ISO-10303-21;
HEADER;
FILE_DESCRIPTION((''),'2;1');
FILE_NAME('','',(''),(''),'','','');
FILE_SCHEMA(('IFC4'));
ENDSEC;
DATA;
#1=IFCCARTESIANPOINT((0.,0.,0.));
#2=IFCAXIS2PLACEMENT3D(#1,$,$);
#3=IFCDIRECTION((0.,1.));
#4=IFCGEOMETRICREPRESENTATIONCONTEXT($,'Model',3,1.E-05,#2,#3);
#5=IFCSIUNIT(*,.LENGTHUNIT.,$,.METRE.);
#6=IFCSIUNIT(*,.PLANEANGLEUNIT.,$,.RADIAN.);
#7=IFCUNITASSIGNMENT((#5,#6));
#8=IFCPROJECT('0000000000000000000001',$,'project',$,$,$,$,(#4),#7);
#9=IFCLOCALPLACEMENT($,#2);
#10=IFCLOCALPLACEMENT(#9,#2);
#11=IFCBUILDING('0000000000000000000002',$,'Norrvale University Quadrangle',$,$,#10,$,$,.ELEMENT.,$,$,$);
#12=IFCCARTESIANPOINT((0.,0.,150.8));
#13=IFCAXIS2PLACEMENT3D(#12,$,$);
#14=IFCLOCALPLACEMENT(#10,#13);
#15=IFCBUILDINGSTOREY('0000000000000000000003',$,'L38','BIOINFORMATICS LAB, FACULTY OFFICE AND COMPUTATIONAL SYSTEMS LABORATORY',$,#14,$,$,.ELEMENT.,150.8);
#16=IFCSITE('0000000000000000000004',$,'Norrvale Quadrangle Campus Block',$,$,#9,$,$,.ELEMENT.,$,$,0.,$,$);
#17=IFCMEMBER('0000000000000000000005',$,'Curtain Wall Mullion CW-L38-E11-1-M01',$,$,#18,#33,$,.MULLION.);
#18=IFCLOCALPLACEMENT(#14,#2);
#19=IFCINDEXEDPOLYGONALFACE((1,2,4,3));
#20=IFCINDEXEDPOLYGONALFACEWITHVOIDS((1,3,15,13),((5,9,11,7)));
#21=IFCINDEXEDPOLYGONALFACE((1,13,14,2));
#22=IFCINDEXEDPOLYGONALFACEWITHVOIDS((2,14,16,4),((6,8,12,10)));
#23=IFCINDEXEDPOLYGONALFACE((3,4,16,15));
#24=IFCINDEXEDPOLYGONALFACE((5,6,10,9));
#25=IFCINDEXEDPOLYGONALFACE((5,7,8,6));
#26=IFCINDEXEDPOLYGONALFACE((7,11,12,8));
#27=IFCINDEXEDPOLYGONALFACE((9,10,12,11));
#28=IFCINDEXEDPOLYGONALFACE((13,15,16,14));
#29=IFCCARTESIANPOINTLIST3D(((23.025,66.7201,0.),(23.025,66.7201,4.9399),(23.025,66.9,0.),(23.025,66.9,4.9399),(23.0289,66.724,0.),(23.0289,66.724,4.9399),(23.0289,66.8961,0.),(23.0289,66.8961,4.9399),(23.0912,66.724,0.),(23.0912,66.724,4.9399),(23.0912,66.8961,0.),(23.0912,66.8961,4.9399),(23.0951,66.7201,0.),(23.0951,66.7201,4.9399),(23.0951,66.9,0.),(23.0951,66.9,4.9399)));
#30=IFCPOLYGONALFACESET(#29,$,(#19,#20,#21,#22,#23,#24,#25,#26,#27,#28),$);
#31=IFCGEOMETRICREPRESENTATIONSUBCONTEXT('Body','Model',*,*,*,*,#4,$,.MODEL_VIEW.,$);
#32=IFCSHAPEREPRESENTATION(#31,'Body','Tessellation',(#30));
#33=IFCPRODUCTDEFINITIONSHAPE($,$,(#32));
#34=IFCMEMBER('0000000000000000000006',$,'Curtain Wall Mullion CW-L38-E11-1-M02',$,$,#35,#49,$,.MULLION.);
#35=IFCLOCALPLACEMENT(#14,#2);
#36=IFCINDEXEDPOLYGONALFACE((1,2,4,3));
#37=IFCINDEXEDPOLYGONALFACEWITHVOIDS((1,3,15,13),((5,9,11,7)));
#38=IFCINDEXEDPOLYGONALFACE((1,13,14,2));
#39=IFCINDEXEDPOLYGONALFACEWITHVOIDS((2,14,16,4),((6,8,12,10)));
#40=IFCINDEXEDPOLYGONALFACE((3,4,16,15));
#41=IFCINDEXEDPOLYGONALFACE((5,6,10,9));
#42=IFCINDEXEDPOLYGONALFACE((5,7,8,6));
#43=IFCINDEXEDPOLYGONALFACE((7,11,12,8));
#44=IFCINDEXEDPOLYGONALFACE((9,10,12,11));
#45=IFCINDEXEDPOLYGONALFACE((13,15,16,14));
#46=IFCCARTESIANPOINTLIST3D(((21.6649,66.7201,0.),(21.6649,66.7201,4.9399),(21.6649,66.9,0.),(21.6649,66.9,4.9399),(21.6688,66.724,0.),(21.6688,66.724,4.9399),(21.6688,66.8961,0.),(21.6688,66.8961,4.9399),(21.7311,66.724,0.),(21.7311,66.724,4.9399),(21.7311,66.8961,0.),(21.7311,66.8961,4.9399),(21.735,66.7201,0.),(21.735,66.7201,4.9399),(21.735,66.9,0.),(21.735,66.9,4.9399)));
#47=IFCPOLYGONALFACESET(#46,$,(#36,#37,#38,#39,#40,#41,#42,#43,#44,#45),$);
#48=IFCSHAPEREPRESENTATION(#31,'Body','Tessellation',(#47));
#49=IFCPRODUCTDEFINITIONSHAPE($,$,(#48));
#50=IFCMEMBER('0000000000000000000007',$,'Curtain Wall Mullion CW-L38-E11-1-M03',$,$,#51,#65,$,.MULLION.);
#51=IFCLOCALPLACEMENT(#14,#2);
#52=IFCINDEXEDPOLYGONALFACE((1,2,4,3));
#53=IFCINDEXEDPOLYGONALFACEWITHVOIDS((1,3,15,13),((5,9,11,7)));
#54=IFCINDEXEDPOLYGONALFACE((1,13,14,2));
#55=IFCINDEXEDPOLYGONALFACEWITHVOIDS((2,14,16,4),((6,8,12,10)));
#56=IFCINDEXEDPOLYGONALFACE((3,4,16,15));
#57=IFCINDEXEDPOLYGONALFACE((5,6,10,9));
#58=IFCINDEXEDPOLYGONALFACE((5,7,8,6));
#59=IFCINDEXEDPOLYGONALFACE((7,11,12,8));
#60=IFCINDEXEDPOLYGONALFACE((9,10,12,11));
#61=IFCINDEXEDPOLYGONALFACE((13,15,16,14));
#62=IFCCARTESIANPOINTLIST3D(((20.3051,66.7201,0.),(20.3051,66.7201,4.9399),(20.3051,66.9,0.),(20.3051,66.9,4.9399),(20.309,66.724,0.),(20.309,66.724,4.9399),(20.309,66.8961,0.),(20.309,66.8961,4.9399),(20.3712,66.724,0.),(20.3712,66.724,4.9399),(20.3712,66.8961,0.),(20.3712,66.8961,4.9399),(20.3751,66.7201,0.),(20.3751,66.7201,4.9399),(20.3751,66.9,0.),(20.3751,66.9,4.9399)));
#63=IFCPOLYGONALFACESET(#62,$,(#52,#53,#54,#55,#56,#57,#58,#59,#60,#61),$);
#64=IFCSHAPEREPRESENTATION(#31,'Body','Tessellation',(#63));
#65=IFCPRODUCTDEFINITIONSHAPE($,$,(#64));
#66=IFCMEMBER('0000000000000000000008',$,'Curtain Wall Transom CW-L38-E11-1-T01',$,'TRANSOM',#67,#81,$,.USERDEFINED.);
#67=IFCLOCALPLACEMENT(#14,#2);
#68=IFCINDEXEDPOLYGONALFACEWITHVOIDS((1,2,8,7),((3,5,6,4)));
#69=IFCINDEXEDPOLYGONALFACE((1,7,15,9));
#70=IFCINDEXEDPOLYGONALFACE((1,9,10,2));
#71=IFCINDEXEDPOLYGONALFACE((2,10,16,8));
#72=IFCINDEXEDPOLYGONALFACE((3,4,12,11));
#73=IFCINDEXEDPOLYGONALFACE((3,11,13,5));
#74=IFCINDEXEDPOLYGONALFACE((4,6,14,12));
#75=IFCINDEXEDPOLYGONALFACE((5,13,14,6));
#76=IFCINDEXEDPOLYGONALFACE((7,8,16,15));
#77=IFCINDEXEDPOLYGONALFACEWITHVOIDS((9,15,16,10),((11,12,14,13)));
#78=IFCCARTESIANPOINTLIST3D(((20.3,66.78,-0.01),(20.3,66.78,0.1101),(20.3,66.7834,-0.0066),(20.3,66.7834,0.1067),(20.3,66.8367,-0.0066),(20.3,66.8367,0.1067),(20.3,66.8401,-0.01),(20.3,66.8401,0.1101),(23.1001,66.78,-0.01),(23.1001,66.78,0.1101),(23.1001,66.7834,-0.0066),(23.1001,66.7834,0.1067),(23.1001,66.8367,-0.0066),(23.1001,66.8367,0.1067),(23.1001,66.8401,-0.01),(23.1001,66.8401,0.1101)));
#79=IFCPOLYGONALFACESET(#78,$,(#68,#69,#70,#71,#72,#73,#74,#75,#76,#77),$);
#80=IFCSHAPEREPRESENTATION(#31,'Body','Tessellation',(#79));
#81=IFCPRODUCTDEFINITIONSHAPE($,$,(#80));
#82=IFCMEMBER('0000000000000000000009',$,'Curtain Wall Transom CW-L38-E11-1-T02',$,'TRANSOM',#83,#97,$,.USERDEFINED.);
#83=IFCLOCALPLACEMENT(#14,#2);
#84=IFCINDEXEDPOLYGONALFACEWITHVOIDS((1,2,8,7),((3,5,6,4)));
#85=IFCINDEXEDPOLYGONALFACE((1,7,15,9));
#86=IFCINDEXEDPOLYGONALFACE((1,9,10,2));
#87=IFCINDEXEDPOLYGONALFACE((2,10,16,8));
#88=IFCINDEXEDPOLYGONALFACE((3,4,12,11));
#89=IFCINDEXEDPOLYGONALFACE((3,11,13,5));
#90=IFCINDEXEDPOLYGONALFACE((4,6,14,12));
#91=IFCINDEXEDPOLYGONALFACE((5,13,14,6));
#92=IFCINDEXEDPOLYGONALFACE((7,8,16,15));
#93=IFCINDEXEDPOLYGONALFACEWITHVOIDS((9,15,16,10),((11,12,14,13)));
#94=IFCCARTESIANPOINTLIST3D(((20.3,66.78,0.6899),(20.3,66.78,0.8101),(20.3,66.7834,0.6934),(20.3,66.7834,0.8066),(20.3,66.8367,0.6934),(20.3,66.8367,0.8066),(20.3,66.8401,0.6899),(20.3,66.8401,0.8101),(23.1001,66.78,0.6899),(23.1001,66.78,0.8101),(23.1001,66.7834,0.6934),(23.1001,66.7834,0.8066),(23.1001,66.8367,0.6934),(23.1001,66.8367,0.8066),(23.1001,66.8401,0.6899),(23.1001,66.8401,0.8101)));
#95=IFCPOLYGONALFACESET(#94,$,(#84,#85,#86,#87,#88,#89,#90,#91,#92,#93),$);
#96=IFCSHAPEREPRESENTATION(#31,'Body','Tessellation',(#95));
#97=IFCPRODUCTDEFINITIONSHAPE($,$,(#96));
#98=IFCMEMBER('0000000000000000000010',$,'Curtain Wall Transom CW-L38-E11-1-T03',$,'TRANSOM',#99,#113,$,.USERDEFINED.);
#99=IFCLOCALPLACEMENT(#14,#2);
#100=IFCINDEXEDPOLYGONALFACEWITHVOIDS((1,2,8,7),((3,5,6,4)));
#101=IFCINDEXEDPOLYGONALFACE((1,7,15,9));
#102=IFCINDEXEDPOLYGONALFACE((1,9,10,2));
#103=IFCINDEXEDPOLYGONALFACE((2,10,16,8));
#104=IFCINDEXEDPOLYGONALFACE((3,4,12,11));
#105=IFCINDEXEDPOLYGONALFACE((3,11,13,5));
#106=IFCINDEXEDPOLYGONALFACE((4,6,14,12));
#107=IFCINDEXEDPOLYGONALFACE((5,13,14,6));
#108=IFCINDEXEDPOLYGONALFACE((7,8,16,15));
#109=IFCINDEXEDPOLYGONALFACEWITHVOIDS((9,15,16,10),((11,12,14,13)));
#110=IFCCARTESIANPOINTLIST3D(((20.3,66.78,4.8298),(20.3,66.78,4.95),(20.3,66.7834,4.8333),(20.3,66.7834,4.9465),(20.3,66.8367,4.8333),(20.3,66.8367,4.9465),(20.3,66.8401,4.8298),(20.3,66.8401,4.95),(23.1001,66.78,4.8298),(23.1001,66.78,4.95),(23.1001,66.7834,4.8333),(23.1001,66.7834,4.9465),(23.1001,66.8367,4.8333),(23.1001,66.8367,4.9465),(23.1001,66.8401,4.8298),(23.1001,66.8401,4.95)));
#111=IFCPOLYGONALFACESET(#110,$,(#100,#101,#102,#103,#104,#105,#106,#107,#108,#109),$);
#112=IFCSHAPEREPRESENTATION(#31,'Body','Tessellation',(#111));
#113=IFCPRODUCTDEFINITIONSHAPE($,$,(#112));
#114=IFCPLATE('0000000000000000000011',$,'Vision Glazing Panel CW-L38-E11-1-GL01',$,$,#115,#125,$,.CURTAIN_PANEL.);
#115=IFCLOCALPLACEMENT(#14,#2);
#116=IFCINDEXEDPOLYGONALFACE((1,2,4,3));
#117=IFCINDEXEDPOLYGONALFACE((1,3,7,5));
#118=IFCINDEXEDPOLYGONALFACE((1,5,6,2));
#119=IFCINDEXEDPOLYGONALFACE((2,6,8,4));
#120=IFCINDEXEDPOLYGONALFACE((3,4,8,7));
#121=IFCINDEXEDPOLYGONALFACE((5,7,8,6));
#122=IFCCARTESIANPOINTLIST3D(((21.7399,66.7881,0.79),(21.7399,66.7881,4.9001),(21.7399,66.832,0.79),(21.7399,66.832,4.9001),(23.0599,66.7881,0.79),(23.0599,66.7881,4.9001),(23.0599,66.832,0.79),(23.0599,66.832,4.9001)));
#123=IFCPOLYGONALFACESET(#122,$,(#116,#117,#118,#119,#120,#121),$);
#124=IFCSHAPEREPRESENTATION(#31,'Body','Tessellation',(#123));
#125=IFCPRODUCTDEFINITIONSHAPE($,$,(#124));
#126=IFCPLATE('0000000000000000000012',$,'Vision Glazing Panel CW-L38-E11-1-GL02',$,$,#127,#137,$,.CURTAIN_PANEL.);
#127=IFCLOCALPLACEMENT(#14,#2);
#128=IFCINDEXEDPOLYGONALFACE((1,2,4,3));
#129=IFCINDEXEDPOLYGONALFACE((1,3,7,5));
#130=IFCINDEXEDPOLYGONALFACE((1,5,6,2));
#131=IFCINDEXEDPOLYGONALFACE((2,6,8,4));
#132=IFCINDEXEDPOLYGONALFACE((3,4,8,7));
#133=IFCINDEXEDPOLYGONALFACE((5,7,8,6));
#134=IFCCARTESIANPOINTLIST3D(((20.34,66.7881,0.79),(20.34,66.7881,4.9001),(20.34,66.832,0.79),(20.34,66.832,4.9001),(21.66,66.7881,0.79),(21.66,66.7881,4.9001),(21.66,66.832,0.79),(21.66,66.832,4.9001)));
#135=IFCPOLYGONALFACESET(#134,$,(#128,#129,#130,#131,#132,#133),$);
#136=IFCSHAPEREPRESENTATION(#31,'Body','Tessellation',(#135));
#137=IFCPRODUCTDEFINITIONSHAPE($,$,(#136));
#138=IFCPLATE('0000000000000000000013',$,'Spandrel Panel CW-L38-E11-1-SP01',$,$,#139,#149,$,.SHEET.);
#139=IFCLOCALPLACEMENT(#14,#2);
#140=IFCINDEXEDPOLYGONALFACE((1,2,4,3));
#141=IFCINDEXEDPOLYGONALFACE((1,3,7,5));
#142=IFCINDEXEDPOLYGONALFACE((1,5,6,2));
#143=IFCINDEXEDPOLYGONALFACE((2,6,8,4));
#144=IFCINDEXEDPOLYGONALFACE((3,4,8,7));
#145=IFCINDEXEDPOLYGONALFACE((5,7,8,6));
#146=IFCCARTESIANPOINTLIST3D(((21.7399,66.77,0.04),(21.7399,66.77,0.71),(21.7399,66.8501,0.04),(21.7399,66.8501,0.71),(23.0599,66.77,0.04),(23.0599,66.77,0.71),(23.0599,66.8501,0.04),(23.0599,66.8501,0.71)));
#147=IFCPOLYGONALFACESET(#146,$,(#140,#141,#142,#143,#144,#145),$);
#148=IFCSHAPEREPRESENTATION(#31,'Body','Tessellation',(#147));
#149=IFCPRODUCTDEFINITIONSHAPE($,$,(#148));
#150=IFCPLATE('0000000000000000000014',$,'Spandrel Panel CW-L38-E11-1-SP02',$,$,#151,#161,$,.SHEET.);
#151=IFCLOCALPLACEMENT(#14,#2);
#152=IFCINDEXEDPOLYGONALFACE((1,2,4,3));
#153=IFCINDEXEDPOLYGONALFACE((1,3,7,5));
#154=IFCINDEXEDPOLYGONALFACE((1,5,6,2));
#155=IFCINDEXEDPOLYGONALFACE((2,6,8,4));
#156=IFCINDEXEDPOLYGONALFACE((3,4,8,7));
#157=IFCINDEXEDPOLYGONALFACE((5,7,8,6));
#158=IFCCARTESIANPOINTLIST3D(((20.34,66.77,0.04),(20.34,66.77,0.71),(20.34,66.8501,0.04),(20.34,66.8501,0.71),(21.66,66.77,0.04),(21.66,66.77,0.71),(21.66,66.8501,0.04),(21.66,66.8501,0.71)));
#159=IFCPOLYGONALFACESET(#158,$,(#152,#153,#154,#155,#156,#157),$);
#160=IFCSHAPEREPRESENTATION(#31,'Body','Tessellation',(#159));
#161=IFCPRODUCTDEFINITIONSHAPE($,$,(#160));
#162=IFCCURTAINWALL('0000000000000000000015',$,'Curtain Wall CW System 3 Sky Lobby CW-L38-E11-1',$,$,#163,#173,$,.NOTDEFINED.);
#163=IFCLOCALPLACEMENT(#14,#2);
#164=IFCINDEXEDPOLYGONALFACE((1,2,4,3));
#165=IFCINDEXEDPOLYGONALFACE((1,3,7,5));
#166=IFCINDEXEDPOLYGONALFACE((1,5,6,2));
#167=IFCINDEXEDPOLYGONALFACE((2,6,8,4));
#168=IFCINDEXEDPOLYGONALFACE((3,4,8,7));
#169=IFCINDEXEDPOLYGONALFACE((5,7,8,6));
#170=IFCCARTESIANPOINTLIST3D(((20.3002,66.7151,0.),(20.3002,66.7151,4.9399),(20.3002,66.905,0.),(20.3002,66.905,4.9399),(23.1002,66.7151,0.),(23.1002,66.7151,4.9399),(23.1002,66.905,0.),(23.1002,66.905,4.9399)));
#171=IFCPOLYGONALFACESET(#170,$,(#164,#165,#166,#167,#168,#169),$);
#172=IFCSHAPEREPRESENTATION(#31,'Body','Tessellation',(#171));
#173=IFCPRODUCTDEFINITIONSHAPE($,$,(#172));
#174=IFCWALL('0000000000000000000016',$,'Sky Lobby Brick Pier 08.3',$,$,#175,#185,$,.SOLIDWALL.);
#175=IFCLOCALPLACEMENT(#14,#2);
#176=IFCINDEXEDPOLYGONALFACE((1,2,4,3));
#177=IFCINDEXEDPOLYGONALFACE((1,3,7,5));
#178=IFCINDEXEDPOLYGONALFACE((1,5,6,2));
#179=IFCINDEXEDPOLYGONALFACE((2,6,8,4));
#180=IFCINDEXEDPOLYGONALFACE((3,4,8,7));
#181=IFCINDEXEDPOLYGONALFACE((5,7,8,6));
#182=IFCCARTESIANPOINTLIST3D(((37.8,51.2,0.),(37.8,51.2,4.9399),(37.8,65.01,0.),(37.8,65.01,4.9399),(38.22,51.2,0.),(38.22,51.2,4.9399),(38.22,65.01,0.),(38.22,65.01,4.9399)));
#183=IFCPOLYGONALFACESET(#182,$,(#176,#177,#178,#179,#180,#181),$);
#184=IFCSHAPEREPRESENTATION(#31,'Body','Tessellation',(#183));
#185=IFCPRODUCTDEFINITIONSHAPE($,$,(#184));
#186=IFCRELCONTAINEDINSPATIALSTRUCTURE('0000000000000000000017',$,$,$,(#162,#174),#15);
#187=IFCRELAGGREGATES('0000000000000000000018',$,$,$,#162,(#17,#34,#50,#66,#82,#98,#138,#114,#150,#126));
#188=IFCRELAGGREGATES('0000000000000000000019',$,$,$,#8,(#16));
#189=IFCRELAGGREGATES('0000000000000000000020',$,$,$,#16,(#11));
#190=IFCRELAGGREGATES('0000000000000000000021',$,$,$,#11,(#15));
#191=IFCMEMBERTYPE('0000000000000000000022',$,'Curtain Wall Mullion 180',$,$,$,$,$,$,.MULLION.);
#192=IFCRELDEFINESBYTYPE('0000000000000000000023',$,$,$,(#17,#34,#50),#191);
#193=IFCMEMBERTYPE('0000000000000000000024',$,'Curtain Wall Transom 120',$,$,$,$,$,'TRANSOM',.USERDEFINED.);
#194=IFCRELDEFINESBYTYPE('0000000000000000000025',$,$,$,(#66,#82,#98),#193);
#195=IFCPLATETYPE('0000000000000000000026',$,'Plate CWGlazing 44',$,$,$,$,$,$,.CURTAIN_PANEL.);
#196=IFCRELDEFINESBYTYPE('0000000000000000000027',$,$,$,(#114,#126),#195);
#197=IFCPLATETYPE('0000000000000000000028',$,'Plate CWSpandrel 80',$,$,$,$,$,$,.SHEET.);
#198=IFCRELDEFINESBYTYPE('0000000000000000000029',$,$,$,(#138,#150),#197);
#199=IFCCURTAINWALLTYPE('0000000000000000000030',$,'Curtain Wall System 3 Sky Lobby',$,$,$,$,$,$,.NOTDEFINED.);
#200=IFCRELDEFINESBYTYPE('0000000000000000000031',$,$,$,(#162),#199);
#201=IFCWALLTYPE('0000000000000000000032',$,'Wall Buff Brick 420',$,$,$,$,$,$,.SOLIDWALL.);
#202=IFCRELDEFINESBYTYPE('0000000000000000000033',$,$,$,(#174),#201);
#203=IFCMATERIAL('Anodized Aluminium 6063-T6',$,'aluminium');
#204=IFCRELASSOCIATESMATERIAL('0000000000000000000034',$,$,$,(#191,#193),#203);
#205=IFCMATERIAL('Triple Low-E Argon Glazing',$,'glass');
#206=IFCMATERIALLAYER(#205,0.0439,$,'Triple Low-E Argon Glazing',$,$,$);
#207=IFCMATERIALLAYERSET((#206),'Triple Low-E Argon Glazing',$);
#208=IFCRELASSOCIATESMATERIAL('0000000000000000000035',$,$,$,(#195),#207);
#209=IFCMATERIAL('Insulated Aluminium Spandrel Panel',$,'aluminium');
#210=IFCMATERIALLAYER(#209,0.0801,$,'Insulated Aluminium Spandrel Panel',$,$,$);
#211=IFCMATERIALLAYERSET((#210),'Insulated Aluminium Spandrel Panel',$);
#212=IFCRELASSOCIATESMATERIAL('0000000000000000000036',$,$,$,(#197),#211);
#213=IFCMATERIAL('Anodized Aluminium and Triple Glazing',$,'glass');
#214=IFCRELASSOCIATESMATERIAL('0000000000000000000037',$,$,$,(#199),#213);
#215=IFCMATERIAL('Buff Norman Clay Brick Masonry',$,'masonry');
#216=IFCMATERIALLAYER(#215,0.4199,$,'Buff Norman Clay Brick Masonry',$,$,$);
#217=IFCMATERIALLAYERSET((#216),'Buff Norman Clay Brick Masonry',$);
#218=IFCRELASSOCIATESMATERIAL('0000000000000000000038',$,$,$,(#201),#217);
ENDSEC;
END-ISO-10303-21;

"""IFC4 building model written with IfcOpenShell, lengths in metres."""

from ifc_helpers import new_model, si_unit, direction, frame, frame_2d, origin, origin_2d, place, context, subcontext, project, spatial, rectangle, hollow_rectangle, extrude, material, layer, layer_set, material_profile, profile_set, type_object, element, aggregate, save


model = new_model("IFC4")

# Units and contexts
model_context = context("Model", 3, precision=1e-05, world=origin(), true_north=direction((0.0, 1.0)))
body_context = subcontext(model_context, "Body", "Model", "MODEL_VIEW")
ifc_project = project(units=[si_unit("LENGTHUNIT", "METRE"), si_unit("PLANEANGLEUNIT", "RADIAN")], contexts=[model_context])

# Site, building, storey
site_placement = place(None, origin())
site = spatial("IfcSite", under=ifc_project, at=site_placement, Name="Norrvale Quadrangle Campus Block", CompositionType="ELEMENT", RefElevation=0.0)
building_placement = place(site_placement, origin())
building = spatial("IfcBuilding", under=site, at=building_placement, Name="Norrvale University Quadrangle", CompositionType="ELEMENT")
storey_placement = place(building_placement, frame((0.0, 0.0, 150.8)))
storey = spatial("IfcBuildingStorey", under=building, at=storey_placement, Name="L38", Description="BIOINFORMATICS LAB, FACULTY OFFICE AND COMPUTATIONAL SYSTEMS LABORATORY", CompositionType="ELEMENT", Elevation=150.8)

# Members
ifc_material_1 = material(Name="Anodized Aluminium 6063-T6", Category="aluminium")
ifc_material_profile_1 = material_profile(ifc_material_1, hollow_rectangle(XDim=0.0701, YDim=0.1799, WallThickness=0.0039, at=origin_2d()), Name="Anodized Aluminium 6063-T6")
ifc_profile_set_1 = profile_set([ifc_material_profile_1], Name="Anodized Aluminium 6063-T6")
member_type_1 = type_object("IfcMemberType", Name="Curtain Wall Mullion 180", PredefinedType="MULLION", material=ifc_profile_set_1)
member_1_placement = place(storey_placement, frame((23.0601, 66.8101, 0.0), z_axis=(0.0, 0.0, 1.0), x_axis=(-1.0, 0.0, 0.0)))
member_1 = element("IfcMember", 1, at=member_1_placement, type_object=member_type_1, Name="Curtain Wall Mullion CW-L38-E11-1-M01", PredefinedType="MULLION", context=body_context, shape_type="SweptSolid", body=[
    extrude(hollow_rectangle(XDim=0.0701, YDim=0.1799, WallThickness=0.0039, at=origin_2d()), origin(), (0.0, 0.0, 1.0), 4.9399),
])
member_2_placement = place(storey_placement, frame((21.7, 66.8101, 0.0), z_axis=(0.0, 0.0, 1.0), x_axis=(-1.0, 0.0, 0.0)))
member_2 = element("IfcMember", 2, at=member_2_placement, type_object=member_type_1, Name="Curtain Wall Mullion CW-L38-E11-1-M02", PredefinedType="MULLION", context=body_context, shape_type="SweptSolid", body=[
    extrude(hollow_rectangle(XDim=0.0701, YDim=0.1799, WallThickness=0.0039, at=origin_2d()), origin(), (0.0, 0.0, 1.0), 4.9399),
])
member_3_placement = place(storey_placement, frame((20.3401, 66.8101, 0.0), z_axis=(0.0, 0.0, 1.0), x_axis=(-1.0, 0.0, 0.0)))
member_3 = element("IfcMember", 3, at=member_3_placement, type_object=member_type_1, Name="Curtain Wall Mullion CW-L38-E11-1-M03", PredefinedType="MULLION", context=body_context, shape_type="SweptSolid", body=[
    extrude(hollow_rectangle(XDim=0.0701, YDim=0.1799, WallThickness=0.0039, at=origin_2d()), origin(), (0.0, 0.0, 1.0), 4.9399),
])
ifc_material_profile_2 = material_profile(ifc_material_1, hollow_rectangle(XDim=0.0601, YDim=0.1201, WallThickness=0.0034, at=origin_2d()), Name="Anodized Aluminium 6063-T6")
ifc_profile_set_2 = profile_set([ifc_material_profile_2], Name="Anodized Aluminium 6063-T6")
member_type_2 = type_object("IfcMemberType", Name="Curtain Wall Transom 120", ElementType="TRANSOM", PredefinedType="USERDEFINED", material=ifc_profile_set_2)
member_4_placement = place(storey_placement, frame((23.1001, 66.8101, 0.05), z_axis=(-1.0, 0.0, 0.0), x_axis=(0.0, -1.0, 0.0)))
member_4 = element("IfcMember", 4, at=member_4_placement, type_object=member_type_2, Name="Curtain Wall Transom CW-L38-E11-1-T01", ObjectType="TRANSOM", PredefinedType="USERDEFINED", context=body_context, shape_type="SweptSolid", body=[
    extrude(hollow_rectangle(XDim=0.0601, YDim=0.1201, WallThickness=0.0034, at=origin_2d()), origin(), (0.0, 0.0, 1.0), 2.8),
])
member_5_placement = place(storey_placement, frame((23.1001, 66.8101, 0.75), z_axis=(-1.0, 0.0, 0.0), x_axis=(0.0, -1.0, 0.0)))
member_5 = element("IfcMember", 5, at=member_5_placement, type_object=member_type_2, Name="Curtain Wall Transom CW-L38-E11-1-T02", ObjectType="TRANSOM", PredefinedType="USERDEFINED", context=body_context, shape_type="SweptSolid", body=[
    extrude(hollow_rectangle(XDim=0.0601, YDim=0.1201, WallThickness=0.0034, at=origin_2d()), origin(), (0.0, 0.0, 1.0), 2.8),
])
member_6_placement = place(storey_placement, frame((23.1001, 66.8101, 4.8899), z_axis=(-1.0, 0.0, 0.0), x_axis=(0.0, -1.0, 0.0)))
member_6 = element("IfcMember", 6, at=member_6_placement, type_object=member_type_2, Name="Curtain Wall Transom CW-L38-E11-1-T03", ObjectType="TRANSOM", PredefinedType="USERDEFINED", context=body_context, shape_type="SweptSolid", body=[
    extrude(hollow_rectangle(XDim=0.0601, YDim=0.1201, WallThickness=0.0034, at=origin_2d()), origin(), (0.0, 0.0, 1.0), 2.8),
])

# Plates
ifc_material_2 = material(Name="Triple Low-E Argon Glazing", Category="glass")
ifc_layer_1 = layer(ifc_material_2, 0.0439, Name="Triple Low-E Argon Glazing")
ifc_layer_set_1 = layer_set([ifc_layer_1], Name="Triple Low-E Argon Glazing")
plate_type_1 = type_object("IfcPlateType", Name="Plate CWGlazing 44", PredefinedType="CURTAIN_PANEL", material=ifc_layer_set_1)
plate_1_placement = place(storey_placement, frame((22.3999, 66.8101, 0.79), z_axis=(0.0, 0.0, 1.0), x_axis=(-1.0, 0.0, 0.0)))
plate_1 = element("IfcPlate", 7, at=plate_1_placement, type_object=plate_type_1, Name="Vision Glazing Panel CW-L38-E11-1-GL01", PredefinedType="CURTAIN_PANEL", context=body_context, shape_type="SweptSolid", body=[
    extrude(rectangle(XDim=1.3201, YDim=0.0439, at=origin_2d()), origin(), (0.0, 0.0, 1.0), 4.1101),
])
plate_2_placement = place(storey_placement, frame((21.0, 66.8101, 0.79), z_axis=(0.0, 0.0, 1.0), x_axis=(-1.0, 0.0, 0.0)))
plate_2 = element("IfcPlate", 8, at=plate_2_placement, type_object=plate_type_1, Name="Vision Glazing Panel CW-L38-E11-1-GL02", PredefinedType="CURTAIN_PANEL", context=body_context, shape_type="SweptSolid", body=[
    extrude(rectangle(XDim=1.3201, YDim=0.0439, at=origin_2d()), origin(), (0.0, 0.0, 1.0), 4.1101),
])
ifc_material_3 = material(Name="Insulated Aluminium Spandrel Panel", Category="aluminium")
ifc_layer_2 = layer(ifc_material_3, 0.0801, Name="Insulated Aluminium Spandrel Panel")
ifc_layer_set_2 = layer_set([ifc_layer_2], Name="Insulated Aluminium Spandrel Panel")
plate_type_2 = type_object("IfcPlateType", Name="Plate CWSpandrel 80", PredefinedType="SHEET", material=ifc_layer_set_2)
plate_3_placement = place(storey_placement, frame((22.3999, 66.8101, 0.04), z_axis=(0.0, 0.0, 1.0), x_axis=(-1.0, 0.0, 0.0)))
plate_3 = element("IfcPlate", 9, at=plate_3_placement, type_object=plate_type_2, Name="Spandrel Panel CW-L38-E11-1-SP01", PredefinedType="SHEET", context=body_context, shape_type="SweptSolid", body=[
    extrude(rectangle(XDim=1.3201, YDim=0.0801, at=origin_2d()), origin(), (0.0, 0.0, 1.0), 0.6699),
])
plate_4_placement = place(storey_placement, frame((21.0, 66.8101, 0.04), z_axis=(0.0, 0.0, 1.0), x_axis=(-1.0, 0.0, 0.0)))
plate_4 = element("IfcPlate", 10, at=plate_4_placement, type_object=plate_type_2, Name="Spandrel Panel CW-L38-E11-1-SP02", PredefinedType="SHEET", context=body_context, shape_type="SweptSolid", body=[
    extrude(rectangle(XDim=1.3201, YDim=0.0801, at=origin_2d()), origin(), (0.0, 0.0, 1.0), 0.6699),
])

# Curtain wall
ifc_material_4 = material(Name="Anodized Aluminium and Triple Glazing", Category="glass")
curtain_wall_type = type_object("IfcCurtainWallType", Name="Curtain Wall System 3 Sky Lobby", PredefinedType="NOTDEFINED", material=ifc_material_4)
curtain_wall_placement = place(storey_placement, frame((23.1001, 66.8101, 0.0), z_axis=(0.0, 0.0, 1.0), x_axis=(-1.0, 0.0, 0.0)))
curtain_wall = element("IfcCurtainWall", 11, at=curtain_wall_placement, inside=storey, type_object=curtain_wall_type, Name="Curtain Wall CW System 3 Sky Lobby CW-L38-E11-1", PredefinedType="NOTDEFINED", context=body_context, shape_type="SweptSolid", body=[
    extrude(rectangle(XDim=2.8, YDim=0.1899, at=frame_2d((1.3999, 0.0))), origin(), (0.0, 0.0, 1.0), 4.9399),
])
aggregate(curtain_wall, [member_1, member_2, member_3, member_4, member_5, member_6, plate_3, plate_1, plate_4, plate_2])

# Wall
ifc_material_5 = material(Name="Buff Norman Clay Brick Masonry", Category="masonry")
ifc_layer_3 = layer(ifc_material_5, 0.4199, Name="Buff Norman Clay Brick Masonry")
ifc_layer_set_3 = layer_set([ifc_layer_3], Name="Buff Norman Clay Brick Masonry")
wall_type_1 = type_object("IfcWallType", Name="Wall Buff Brick 420", PredefinedType="SOLIDWALL", material=ifc_layer_set_3)
wall_1_placement = place(storey_placement, frame((38.01, 51.2, 0.0), z_axis=(0.0, 0.0, 1.0), x_axis=(0.0, 1.0, 0.0)))
element("IfcWall", 12, at=wall_1_placement, inside=storey, type_object=wall_type_1, Name="Sky Lobby Brick Pier 08.3", PredefinedType="SOLIDWALL", context=body_context, shape_type="SweptSolid", body=[
    extrude(rectangle(XDim=13.8101, YDim=0.4199, at=frame_2d((6.905, 0.0))), origin(), (0.0, 0.0, 1.0), 4.9399),
])

save(model, "model.ifc")
